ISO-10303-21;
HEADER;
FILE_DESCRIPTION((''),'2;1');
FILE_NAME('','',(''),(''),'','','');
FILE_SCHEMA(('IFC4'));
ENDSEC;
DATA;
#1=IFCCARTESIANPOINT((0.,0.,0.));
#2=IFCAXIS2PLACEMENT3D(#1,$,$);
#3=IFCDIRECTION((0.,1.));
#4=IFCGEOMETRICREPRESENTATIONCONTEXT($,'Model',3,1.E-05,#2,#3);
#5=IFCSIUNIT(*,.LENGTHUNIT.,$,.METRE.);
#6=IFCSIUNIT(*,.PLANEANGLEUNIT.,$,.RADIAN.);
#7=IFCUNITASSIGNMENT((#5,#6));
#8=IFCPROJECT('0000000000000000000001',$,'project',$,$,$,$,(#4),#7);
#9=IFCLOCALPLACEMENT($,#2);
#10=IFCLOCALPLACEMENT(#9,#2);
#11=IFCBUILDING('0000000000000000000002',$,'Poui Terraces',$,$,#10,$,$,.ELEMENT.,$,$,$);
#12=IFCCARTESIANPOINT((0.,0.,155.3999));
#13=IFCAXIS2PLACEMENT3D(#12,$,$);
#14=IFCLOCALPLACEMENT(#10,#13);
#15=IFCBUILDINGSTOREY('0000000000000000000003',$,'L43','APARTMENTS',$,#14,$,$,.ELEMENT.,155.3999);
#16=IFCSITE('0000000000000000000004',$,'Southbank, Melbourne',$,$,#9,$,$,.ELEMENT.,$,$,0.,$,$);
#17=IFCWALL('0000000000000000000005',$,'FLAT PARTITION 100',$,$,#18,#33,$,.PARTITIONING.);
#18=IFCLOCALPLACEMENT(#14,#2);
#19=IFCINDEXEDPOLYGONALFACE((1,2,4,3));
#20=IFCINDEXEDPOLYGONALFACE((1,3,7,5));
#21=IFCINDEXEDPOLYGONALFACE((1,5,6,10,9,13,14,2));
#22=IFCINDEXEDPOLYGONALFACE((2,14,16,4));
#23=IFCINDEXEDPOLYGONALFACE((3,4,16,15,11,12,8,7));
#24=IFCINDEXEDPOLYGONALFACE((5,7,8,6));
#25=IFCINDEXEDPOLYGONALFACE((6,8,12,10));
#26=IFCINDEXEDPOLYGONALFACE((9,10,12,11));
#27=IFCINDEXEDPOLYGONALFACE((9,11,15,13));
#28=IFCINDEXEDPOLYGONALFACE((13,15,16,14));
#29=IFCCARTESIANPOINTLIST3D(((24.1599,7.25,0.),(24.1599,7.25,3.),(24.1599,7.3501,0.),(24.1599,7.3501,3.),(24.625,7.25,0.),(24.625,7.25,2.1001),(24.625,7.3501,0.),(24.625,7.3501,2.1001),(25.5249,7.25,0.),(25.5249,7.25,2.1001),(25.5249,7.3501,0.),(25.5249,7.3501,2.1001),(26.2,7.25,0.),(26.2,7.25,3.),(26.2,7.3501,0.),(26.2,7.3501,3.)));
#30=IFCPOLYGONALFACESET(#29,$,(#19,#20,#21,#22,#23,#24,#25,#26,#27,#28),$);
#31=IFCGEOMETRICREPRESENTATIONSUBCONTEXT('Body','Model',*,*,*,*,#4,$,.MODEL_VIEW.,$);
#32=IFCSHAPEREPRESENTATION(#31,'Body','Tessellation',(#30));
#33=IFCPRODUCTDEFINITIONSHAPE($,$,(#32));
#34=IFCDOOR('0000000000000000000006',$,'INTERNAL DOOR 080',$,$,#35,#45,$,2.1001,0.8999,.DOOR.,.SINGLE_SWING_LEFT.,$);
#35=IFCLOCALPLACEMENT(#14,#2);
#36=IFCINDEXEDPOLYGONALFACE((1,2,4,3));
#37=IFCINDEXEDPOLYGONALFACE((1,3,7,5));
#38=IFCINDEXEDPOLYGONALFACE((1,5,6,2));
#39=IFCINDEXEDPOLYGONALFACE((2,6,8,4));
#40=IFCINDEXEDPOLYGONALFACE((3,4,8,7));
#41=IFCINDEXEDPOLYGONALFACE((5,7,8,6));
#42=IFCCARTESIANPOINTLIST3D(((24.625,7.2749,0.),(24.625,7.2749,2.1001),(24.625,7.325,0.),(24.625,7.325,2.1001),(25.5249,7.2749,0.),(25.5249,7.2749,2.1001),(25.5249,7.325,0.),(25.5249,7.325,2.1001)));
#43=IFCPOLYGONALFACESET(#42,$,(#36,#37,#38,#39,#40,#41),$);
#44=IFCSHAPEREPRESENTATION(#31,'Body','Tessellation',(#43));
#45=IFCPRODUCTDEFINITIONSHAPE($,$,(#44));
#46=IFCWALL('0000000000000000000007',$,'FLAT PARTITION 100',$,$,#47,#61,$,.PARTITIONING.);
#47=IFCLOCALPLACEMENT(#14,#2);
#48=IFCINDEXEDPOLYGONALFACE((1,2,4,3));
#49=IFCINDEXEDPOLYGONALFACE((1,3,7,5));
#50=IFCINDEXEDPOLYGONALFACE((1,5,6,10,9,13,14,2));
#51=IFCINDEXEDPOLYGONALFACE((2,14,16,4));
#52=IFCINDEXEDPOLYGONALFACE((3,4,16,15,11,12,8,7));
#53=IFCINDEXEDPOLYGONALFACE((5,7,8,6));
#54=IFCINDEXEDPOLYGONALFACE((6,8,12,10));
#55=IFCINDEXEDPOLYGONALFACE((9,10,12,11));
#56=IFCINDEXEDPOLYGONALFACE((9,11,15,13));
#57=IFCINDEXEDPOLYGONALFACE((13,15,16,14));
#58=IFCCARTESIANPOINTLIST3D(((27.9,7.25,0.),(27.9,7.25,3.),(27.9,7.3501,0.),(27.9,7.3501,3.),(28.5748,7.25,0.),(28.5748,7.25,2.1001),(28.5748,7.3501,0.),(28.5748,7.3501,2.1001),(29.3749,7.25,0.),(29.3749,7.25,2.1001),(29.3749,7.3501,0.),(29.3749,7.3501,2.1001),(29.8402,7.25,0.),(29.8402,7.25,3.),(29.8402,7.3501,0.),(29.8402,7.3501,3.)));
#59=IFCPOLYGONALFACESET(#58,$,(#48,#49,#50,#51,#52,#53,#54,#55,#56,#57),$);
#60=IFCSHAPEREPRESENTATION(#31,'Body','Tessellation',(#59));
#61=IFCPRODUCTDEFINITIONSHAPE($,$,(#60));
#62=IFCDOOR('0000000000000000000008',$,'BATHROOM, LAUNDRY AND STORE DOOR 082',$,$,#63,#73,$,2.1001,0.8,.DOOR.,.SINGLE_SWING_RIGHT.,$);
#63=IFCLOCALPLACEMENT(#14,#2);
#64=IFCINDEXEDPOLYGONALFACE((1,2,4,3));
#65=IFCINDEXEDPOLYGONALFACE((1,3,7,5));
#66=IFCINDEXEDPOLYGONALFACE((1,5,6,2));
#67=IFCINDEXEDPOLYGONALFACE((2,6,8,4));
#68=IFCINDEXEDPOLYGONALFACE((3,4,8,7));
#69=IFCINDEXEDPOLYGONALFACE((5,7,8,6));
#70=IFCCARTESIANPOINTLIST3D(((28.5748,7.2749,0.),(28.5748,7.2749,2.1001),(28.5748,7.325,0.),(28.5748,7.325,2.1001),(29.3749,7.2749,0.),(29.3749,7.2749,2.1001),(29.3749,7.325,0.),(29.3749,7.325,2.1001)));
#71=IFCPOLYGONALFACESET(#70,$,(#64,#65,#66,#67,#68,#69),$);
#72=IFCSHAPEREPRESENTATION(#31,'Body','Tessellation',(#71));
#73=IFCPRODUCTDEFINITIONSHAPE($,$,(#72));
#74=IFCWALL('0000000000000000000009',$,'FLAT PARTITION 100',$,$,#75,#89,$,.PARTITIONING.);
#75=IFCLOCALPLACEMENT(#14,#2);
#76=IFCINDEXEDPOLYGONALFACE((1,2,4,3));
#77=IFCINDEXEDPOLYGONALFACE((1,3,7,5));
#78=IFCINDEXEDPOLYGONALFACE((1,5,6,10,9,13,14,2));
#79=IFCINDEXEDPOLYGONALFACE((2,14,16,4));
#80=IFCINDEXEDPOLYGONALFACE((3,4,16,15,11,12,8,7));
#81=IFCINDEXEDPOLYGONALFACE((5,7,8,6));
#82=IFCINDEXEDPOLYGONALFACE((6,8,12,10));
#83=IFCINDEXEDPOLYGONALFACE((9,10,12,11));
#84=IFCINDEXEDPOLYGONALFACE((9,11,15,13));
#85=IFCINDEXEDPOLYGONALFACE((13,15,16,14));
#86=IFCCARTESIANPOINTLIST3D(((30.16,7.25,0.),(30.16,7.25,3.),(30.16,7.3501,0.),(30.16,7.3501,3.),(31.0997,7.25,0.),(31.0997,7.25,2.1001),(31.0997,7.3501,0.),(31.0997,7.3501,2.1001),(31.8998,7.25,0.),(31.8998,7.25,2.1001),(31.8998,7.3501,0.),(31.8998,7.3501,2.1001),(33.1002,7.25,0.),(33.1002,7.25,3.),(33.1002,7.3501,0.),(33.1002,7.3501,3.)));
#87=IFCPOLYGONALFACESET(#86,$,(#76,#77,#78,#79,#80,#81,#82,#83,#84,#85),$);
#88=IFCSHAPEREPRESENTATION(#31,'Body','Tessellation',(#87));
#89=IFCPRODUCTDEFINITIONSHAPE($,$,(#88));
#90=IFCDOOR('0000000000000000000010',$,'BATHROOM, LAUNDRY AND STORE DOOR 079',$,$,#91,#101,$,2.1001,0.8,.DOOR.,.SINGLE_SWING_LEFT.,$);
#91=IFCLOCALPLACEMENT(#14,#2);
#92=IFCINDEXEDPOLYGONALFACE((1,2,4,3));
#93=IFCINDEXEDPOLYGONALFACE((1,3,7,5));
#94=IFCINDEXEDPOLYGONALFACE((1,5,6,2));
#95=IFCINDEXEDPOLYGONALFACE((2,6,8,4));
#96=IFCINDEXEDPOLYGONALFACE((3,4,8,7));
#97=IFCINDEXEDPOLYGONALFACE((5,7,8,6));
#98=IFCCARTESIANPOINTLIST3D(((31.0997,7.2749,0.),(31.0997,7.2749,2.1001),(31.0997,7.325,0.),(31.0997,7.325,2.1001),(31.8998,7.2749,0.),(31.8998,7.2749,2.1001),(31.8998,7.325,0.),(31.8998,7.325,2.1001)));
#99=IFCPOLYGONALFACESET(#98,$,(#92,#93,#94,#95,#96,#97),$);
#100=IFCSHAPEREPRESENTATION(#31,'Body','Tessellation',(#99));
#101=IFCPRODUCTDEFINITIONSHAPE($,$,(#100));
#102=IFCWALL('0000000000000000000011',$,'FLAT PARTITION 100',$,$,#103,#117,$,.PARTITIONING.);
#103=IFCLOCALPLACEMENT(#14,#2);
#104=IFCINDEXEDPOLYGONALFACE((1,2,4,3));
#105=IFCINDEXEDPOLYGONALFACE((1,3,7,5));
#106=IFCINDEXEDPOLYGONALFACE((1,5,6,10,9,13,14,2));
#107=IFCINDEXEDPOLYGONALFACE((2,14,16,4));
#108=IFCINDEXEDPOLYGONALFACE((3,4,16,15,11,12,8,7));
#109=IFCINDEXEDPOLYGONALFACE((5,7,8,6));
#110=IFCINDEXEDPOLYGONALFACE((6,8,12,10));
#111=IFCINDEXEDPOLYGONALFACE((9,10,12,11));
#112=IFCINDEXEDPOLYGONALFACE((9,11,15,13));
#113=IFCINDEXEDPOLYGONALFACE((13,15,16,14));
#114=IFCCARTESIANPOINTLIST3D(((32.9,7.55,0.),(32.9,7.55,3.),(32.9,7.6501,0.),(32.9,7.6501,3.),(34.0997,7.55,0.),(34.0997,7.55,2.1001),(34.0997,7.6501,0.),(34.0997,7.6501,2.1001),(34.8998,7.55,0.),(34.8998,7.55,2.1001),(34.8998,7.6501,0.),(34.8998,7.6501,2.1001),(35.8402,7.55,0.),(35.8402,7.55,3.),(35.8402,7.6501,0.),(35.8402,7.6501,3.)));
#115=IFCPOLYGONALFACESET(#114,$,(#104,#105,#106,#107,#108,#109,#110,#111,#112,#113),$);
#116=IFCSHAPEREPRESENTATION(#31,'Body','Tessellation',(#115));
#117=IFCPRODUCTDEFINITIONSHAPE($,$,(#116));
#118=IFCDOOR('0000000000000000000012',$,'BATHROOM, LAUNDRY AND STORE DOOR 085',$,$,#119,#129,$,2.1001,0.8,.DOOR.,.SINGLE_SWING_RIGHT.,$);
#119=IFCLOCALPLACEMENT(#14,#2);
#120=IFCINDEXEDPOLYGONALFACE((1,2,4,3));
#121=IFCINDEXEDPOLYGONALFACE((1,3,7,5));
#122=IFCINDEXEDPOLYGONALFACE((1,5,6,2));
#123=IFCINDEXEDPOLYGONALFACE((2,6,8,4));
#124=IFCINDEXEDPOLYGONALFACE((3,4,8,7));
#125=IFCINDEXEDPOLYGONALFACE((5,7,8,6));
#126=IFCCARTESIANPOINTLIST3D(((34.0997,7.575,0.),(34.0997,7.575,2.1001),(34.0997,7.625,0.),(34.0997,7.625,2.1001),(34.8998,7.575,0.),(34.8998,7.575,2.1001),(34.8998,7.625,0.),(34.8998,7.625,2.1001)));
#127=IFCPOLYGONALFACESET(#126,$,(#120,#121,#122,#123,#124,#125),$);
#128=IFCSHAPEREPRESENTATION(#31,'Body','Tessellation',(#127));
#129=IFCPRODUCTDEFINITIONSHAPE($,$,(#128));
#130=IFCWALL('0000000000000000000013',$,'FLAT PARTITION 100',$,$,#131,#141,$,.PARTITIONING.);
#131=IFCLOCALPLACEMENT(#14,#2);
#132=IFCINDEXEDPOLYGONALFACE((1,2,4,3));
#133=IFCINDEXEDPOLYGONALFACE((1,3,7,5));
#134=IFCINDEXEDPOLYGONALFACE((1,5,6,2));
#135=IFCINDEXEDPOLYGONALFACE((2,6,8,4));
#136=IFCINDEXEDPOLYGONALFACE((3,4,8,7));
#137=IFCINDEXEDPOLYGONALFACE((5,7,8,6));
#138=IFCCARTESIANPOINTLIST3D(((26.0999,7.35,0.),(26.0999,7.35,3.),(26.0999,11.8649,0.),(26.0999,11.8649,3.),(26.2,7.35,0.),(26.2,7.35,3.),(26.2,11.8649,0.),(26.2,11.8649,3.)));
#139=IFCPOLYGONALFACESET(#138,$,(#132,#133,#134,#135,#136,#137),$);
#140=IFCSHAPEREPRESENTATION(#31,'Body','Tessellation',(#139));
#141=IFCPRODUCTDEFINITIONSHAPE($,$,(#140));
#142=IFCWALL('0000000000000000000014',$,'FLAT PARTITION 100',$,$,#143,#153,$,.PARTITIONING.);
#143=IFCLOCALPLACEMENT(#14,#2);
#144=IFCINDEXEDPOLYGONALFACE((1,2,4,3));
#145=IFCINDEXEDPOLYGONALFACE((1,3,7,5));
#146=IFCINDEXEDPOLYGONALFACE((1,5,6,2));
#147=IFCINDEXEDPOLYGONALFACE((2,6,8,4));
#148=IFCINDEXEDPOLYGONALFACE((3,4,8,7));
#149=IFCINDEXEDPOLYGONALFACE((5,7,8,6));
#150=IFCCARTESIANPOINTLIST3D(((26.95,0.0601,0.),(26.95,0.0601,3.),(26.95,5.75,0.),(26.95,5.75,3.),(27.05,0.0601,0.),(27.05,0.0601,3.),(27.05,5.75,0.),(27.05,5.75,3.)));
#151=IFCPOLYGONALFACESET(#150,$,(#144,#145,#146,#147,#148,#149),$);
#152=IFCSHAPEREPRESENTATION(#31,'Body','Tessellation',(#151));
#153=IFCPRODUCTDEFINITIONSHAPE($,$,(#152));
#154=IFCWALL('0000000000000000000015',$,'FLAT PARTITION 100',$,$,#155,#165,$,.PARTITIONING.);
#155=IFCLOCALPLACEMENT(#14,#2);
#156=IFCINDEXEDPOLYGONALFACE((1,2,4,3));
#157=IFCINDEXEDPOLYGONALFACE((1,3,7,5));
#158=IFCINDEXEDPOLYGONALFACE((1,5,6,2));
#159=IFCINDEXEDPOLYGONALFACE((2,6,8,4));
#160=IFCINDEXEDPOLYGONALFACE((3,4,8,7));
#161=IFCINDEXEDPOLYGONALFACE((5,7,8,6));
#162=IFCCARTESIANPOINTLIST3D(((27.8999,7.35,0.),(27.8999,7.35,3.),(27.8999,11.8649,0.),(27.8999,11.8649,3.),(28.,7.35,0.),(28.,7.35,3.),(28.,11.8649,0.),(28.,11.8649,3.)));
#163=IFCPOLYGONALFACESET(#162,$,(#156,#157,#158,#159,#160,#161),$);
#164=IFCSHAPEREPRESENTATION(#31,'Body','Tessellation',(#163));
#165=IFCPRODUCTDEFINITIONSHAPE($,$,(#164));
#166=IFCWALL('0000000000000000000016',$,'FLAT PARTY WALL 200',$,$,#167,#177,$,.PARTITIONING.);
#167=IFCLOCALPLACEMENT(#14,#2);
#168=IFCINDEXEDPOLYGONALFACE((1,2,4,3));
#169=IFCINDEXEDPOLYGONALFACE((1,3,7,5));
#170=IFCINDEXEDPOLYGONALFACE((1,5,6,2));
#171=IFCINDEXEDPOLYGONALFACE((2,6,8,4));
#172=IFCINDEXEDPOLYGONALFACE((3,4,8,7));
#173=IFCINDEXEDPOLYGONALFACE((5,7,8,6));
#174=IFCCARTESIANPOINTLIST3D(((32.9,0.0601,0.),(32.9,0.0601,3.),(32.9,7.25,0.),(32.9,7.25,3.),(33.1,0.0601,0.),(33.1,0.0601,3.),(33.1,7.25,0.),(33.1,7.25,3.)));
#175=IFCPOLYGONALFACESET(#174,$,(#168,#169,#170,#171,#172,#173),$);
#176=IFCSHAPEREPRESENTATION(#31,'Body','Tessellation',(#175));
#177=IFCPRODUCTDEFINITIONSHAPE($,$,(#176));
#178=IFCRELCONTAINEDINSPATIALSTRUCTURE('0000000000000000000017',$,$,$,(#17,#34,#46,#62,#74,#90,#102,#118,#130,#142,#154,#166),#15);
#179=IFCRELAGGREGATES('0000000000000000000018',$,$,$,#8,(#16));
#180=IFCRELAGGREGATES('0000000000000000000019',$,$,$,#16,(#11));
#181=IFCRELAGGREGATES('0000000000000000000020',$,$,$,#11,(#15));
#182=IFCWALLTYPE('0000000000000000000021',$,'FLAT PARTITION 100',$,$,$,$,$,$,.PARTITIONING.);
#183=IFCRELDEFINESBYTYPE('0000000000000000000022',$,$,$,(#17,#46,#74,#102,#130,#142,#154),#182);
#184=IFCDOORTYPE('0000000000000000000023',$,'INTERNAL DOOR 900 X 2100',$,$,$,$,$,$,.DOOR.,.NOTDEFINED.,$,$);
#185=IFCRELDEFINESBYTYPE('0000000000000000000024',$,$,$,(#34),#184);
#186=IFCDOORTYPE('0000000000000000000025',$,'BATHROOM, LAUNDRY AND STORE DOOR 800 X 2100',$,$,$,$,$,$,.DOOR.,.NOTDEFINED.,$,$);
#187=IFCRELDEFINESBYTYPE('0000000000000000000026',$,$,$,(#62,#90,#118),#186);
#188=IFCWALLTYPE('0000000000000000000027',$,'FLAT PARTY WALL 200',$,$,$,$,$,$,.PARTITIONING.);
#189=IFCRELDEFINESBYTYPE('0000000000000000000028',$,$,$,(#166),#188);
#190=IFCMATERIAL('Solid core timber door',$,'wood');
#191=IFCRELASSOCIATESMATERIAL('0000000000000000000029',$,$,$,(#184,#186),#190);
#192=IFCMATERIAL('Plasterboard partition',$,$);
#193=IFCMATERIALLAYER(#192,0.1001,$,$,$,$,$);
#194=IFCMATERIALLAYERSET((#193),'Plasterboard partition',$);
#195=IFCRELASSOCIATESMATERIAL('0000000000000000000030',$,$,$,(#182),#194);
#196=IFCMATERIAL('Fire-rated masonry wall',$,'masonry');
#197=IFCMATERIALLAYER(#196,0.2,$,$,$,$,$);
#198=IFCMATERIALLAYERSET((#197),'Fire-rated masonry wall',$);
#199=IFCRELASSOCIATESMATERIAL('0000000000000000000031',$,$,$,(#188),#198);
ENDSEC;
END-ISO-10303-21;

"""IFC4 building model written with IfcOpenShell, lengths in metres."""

from ifc_helpers import new_model, si_unit, direction, frame, frame_2d, origin, place, context, subcontext, project, spatial, rectangle, extrude, material, layer, layer_set, type_object, element, fill, save


model = new_model("IFC4")

# Units and contexts
model_context = context("Model", 3, precision=1e-05, world=origin(), true_north=direction((0.0, 1.0)))
body_context = subcontext(model_context, "Body", "Model", "MODEL_VIEW")
ifc_project = project(units=[si_unit("LENGTHUNIT", "METRE"), si_unit("PLANEANGLEUNIT", "RADIAN")], contexts=[model_context])

# Site, building, storey
site_placement = place(None, origin())
site = spatial("IfcSite", under=ifc_project, at=site_placement, Name="Southbank, Melbourne", CompositionType="ELEMENT", RefElevation=0.0)
building_placement = place(site_placement, origin())
building = spatial("IfcBuilding", under=site, at=building_placement, Name="Poui Terraces", CompositionType="ELEMENT")
storey_placement = place(building_placement, frame((0.0, 0.0, 155.3999)))
storey = spatial("IfcBuildingStorey", under=building, at=storey_placement, Name="L43", Description="APARTMENTS", CompositionType="ELEMENT", Elevation=155.3999)

# Walls, openings, doors
ifc_material_1 = material(Name="Solid core timber door", Category="wood")
door_type_1 = type_object("IfcDoorType", Name="INTERNAL DOOR 900 X 2100", OperationType="NOTDEFINED", PredefinedType="DOOR", material=ifc_material_1)
ifc_material_2 = material(Name="Plasterboard partition")
ifc_layer_1 = layer(ifc_material_2, 0.1001)
ifc_layer_set_1 = layer_set([ifc_layer_1], Name="Plasterboard partition")
wall_type_1 = type_object("IfcWallType", Name="FLAT PARTITION 100", PredefinedType="PARTITIONING", material=ifc_layer_set_1)
wall_1_placement = place(storey_placement, frame((24.1599, 7.3, 0.0), z_axis=(0.0, 0.0, 1.0), x_axis=(1.0, 0.0, 0.0)))
wall_1 = element("IfcWall", 1, at=wall_1_placement, inside=storey, type_object=wall_type_1, Name="FLAT PARTITION 100", PredefinedType="PARTITIONING", context=body_context, shape_type="SweptSolid", body=[
    extrude(rectangle(XDim=2.04, YDim=0.1001, at=frame_2d((1.02, 0.0))), origin(), (0.0, 0.0, 1.0), 3.0),
])
opening_1_placement = place(wall_1_placement, frame((0.4651, 0.0, 0.0)))
opening_1 = element("IfcOpeningElement", 2, at=opening_1_placement, cuts=wall_1, PredefinedType="OPENING", context=body_context, shape_type="SweptSolid", body=[
    extrude(rectangle(XDim=0.8999, YDim=2.1001, at=frame_2d((0.45, 1.05))), frame((0.0, 0.0601, 0.0), z_axis=(0.0, -1.0, 0.0), x_axis=(1.0, 0.0, 0.0)), (0.0, 0.0, 1.0), 0.1201),
])
door_1_placement = place(opening_1_placement, origin())
door_1 = element("IfcDoor", 3, at=door_1_placement, inside=storey, type_object=door_type_1, Name="INTERNAL DOOR 080", OperationType="SINGLE_SWING_LEFT", OverallHeight=2.1001, OverallWidth=0.8999, PredefinedType="DOOR", context=body_context, shape_type="SweptSolid", body=[
    extrude(rectangle(XDim=0.8999, YDim=2.1001, at=frame_2d((0.45, 1.05))), frame((0.0, 0.0249, 0.0), z_axis=(0.0, -1.0, 0.0), x_axis=(1.0, 0.0, 0.0)), (0.0, 0.0, 1.0), 0.05),
])
fill(opening_1, door_1)
wall_2_placement = place(storey_placement, frame((27.8999, 7.3, 0.0), z_axis=(0.0, 0.0, 1.0), x_axis=(1.0, 0.0, 0.0)))
wall_2 = element("IfcWall", 4, at=wall_2_placement, inside=storey, type_object=wall_type_1, Name="FLAT PARTITION 100", PredefinedType="PARTITIONING", context=body_context, shape_type="SweptSolid", body=[
    extrude(rectangle(XDim=1.9402, YDim=0.1001, at=frame_2d((0.9702, 0.0))), origin(), (0.0, 0.0, 1.0), 3.0),
])
opening_2_placement = place(wall_2_placement, frame((0.675, 0.0, 0.0)))
opening_2 = element("IfcOpeningElement", 5, at=opening_2_placement, cuts=wall_2, PredefinedType="OPENING", context=body_context, shape_type="SweptSolid", body=[
    extrude(rectangle(XDim=0.8, YDim=2.1001, at=frame_2d((0.3999, 1.05))), frame((0.0, 0.0601, 0.0), z_axis=(0.0, -1.0, 0.0), x_axis=(1.0, 0.0, 0.0)), (0.0, 0.0, 1.0), 0.1201),
])
door_type_2 = type_object("IfcDoorType", Name="BATHROOM, LAUNDRY AND STORE DOOR 800 X 2100", OperationType="NOTDEFINED", PredefinedType="DOOR", material=ifc_material_1)
door_2_placement = place(opening_2_placement, origin())
door_2 = element("IfcDoor", 6, at=door_2_placement, inside=storey, type_object=door_type_2, Name="BATHROOM, LAUNDRY AND STORE DOOR 082", OperationType="SINGLE_SWING_RIGHT", OverallHeight=2.1001, OverallWidth=0.8, PredefinedType="DOOR", context=body_context, shape_type="SweptSolid", body=[
    extrude(rectangle(XDim=0.8, YDim=2.1001, at=frame_2d((0.3999, 1.05))), frame((0.0, 0.0249, 0.0), z_axis=(0.0, -1.0, 0.0), x_axis=(1.0, 0.0, 0.0)), (0.0, 0.0, 1.0), 0.05),
])
fill(opening_2, door_2)
wall_3_placement = place(storey_placement, frame((30.1599, 7.3, 0.0), z_axis=(0.0, 0.0, 1.0), x_axis=(1.0, 0.0, 0.0)))
wall_3 = element("IfcWall", 7, at=wall_3_placement, inside=storey, type_object=wall_type_1, Name="FLAT PARTITION 100", PredefinedType="PARTITIONING", context=body_context, shape_type="SweptSolid", body=[
    extrude(rectangle(XDim=2.9402, YDim=0.1001, at=frame_2d((1.4702, 0.0))), origin(), (0.0, 0.0, 1.0), 3.0),
])
opening_3_placement = place(wall_3_placement, frame((0.9399, 0.0, 0.0)))
opening_3 = element("IfcOpeningElement", 8, at=opening_3_placement, cuts=wall_3, PredefinedType="OPENING", context=body_context, shape_type="SweptSolid", body=[
    extrude(rectangle(XDim=0.8, YDim=2.1001, at=frame_2d((0.3999, 1.05))), frame((0.0, 0.0601, 0.0), z_axis=(0.0, -1.0, 0.0), x_axis=(1.0, 0.0, 0.0)), (0.0, 0.0, 1.0), 0.1201),
])
door_3_placement = place(opening_3_placement, origin())
door_3 = element("IfcDoor", 9, at=door_3_placement, inside=storey, type_object=door_type_2, Name="BATHROOM, LAUNDRY AND STORE DOOR 079", OperationType="SINGLE_SWING_LEFT", OverallHeight=2.1001, OverallWidth=0.8, PredefinedType="DOOR", context=body_context, shape_type="SweptSolid", body=[
    extrude(rectangle(XDim=0.8, YDim=2.1001, at=frame_2d((0.3999, 1.05))), frame((0.0, 0.0249, 0.0), z_axis=(0.0, -1.0, 0.0), x_axis=(1.0, 0.0, 0.0)), (0.0, 0.0, 1.0), 0.05),
])
fill(opening_3, door_3)
wall_4_placement = place(storey_placement, frame((32.8999, 7.6001, 0.0), z_axis=(0.0, 0.0, 1.0), x_axis=(1.0, 0.0, 0.0)))
wall_4 = element("IfcWall", 10, at=wall_4_placement, inside=storey, type_object=wall_type_1, Name="FLAT PARTITION 100", PredefinedType="PARTITIONING", context=body_context, shape_type="SweptSolid", body=[
    extrude(rectangle(XDim=2.9402, YDim=0.1001, at=frame_2d((1.4702, 0.0))), origin(), (0.0, 0.0, 1.0), 3.0),
])
opening_4_placement = place(wall_4_placement, frame((1.2, 0.0, 0.0)))
opening_4 = element("IfcOpeningElement", 11, at=opening_4_placement, cuts=wall_4, PredefinedType="OPENING", context=body_context, shape_type="SweptSolid", body=[
    extrude(rectangle(XDim=0.8, YDim=2.1001, at=frame_2d((0.3999, 1.05))), frame((0.0, 0.0601, 0.0), z_axis=(0.0, -1.0, 0.0), x_axis=(1.0, 0.0, 0.0)), (0.0, 0.0, 1.0), 0.1201),
])
door_4_placement = place(opening_4_placement, origin())
door_4 = element("IfcDoor", 12, at=door_4_placement, inside=storey, type_object=door_type_2, Name="BATHROOM, LAUNDRY AND STORE DOOR 085", OperationType="SINGLE_SWING_RIGHT", OverallHeight=2.1001, OverallWidth=0.8, PredefinedType="DOOR", context=body_context, shape_type="SweptSolid", body=[
    extrude(rectangle(XDim=0.8, YDim=2.1001, at=frame_2d((0.3999, 1.05))), frame((0.0, 0.0249, 0.0), z_axis=(0.0, -1.0, 0.0), x_axis=(1.0, 0.0, 0.0)), (0.0, 0.0, 1.0), 0.05),
])
fill(opening_4, door_4)

# Walls
wall_5_placement = place(storey_placement, frame((26.1499, 7.3501, 0.0), z_axis=(0.0, 0.0, 1.0), x_axis=(0.0, 1.0, 0.0)))
element("IfcWall", 13, at=wall_5_placement, inside=storey, type_object=wall_type_1, Name="FLAT PARTITION 100", PredefinedType="PARTITIONING", context=body_context, shape_type="SweptSolid", body=[
    extrude(rectangle(XDim=4.5149, YDim=0.1001, at=frame_2d((2.2573, 0.0))), origin(), (0.0, 0.0, 1.0), 3.0),
])
wall_6_placement = place(storey_placement, frame((27.0, 0.0601, 0.0), z_axis=(0.0, 0.0, 1.0), x_axis=(0.0, 1.0, 0.0)))
element("IfcWall", 14, at=wall_6_placement, inside=storey, type_object=wall_type_1, Name="FLAT PARTITION 100", PredefinedType="PARTITIONING", context=body_context, shape_type="SweptSolid", body=[
    extrude(rectangle(XDim=5.6899, YDim=0.1001, at=frame_2d((2.845, 0.0))), origin(), (0.0, 0.0, 1.0), 3.0),
])
wall_7_placement = place(storey_placement, frame((27.95, 7.3501, 0.0), z_axis=(0.0, 0.0, 1.0), x_axis=(0.0, 1.0, 0.0)))
element("IfcWall", 15, at=wall_7_placement, inside=storey, type_object=wall_type_1, Name="FLAT PARTITION 100", PredefinedType="PARTITIONING", context=body_context, shape_type="SweptSolid", body=[
    extrude(rectangle(XDim=4.5149, YDim=0.1001, at=frame_2d((2.2573, 0.0))), origin(), (0.0, 0.0, 1.0), 3.0),
])
ifc_material_3 = material(Name="Fire-rated masonry wall", Category="masonry")
ifc_layer_2 = layer(ifc_material_3, 0.2)
ifc_layer_set_2 = layer_set([ifc_layer_2], Name="Fire-rated masonry wall")
wall_type_2 = type_object("IfcWallType", Name="FLAT PARTY WALL 200", PredefinedType="PARTITIONING", material=ifc_layer_set_2)
wall_8_placement = place(storey_placement, frame((33.0, 0.0601, 0.0), z_axis=(0.0, 0.0, 1.0), x_axis=(0.0, 1.0, 0.0)))
element("IfcWall", 16, at=wall_8_placement, inside=storey, type_object=wall_type_2, Name="FLAT PARTY WALL 200", PredefinedType="PARTITIONING", context=body_context, shape_type="SweptSolid", body=[
    extrude(rectangle(XDim=7.1899, YDim=0.2, at=frame_2d((3.595, 0.0))), origin(), (0.0, 0.0, 1.0), 3.0),
])

save(model, "model.ifc")
